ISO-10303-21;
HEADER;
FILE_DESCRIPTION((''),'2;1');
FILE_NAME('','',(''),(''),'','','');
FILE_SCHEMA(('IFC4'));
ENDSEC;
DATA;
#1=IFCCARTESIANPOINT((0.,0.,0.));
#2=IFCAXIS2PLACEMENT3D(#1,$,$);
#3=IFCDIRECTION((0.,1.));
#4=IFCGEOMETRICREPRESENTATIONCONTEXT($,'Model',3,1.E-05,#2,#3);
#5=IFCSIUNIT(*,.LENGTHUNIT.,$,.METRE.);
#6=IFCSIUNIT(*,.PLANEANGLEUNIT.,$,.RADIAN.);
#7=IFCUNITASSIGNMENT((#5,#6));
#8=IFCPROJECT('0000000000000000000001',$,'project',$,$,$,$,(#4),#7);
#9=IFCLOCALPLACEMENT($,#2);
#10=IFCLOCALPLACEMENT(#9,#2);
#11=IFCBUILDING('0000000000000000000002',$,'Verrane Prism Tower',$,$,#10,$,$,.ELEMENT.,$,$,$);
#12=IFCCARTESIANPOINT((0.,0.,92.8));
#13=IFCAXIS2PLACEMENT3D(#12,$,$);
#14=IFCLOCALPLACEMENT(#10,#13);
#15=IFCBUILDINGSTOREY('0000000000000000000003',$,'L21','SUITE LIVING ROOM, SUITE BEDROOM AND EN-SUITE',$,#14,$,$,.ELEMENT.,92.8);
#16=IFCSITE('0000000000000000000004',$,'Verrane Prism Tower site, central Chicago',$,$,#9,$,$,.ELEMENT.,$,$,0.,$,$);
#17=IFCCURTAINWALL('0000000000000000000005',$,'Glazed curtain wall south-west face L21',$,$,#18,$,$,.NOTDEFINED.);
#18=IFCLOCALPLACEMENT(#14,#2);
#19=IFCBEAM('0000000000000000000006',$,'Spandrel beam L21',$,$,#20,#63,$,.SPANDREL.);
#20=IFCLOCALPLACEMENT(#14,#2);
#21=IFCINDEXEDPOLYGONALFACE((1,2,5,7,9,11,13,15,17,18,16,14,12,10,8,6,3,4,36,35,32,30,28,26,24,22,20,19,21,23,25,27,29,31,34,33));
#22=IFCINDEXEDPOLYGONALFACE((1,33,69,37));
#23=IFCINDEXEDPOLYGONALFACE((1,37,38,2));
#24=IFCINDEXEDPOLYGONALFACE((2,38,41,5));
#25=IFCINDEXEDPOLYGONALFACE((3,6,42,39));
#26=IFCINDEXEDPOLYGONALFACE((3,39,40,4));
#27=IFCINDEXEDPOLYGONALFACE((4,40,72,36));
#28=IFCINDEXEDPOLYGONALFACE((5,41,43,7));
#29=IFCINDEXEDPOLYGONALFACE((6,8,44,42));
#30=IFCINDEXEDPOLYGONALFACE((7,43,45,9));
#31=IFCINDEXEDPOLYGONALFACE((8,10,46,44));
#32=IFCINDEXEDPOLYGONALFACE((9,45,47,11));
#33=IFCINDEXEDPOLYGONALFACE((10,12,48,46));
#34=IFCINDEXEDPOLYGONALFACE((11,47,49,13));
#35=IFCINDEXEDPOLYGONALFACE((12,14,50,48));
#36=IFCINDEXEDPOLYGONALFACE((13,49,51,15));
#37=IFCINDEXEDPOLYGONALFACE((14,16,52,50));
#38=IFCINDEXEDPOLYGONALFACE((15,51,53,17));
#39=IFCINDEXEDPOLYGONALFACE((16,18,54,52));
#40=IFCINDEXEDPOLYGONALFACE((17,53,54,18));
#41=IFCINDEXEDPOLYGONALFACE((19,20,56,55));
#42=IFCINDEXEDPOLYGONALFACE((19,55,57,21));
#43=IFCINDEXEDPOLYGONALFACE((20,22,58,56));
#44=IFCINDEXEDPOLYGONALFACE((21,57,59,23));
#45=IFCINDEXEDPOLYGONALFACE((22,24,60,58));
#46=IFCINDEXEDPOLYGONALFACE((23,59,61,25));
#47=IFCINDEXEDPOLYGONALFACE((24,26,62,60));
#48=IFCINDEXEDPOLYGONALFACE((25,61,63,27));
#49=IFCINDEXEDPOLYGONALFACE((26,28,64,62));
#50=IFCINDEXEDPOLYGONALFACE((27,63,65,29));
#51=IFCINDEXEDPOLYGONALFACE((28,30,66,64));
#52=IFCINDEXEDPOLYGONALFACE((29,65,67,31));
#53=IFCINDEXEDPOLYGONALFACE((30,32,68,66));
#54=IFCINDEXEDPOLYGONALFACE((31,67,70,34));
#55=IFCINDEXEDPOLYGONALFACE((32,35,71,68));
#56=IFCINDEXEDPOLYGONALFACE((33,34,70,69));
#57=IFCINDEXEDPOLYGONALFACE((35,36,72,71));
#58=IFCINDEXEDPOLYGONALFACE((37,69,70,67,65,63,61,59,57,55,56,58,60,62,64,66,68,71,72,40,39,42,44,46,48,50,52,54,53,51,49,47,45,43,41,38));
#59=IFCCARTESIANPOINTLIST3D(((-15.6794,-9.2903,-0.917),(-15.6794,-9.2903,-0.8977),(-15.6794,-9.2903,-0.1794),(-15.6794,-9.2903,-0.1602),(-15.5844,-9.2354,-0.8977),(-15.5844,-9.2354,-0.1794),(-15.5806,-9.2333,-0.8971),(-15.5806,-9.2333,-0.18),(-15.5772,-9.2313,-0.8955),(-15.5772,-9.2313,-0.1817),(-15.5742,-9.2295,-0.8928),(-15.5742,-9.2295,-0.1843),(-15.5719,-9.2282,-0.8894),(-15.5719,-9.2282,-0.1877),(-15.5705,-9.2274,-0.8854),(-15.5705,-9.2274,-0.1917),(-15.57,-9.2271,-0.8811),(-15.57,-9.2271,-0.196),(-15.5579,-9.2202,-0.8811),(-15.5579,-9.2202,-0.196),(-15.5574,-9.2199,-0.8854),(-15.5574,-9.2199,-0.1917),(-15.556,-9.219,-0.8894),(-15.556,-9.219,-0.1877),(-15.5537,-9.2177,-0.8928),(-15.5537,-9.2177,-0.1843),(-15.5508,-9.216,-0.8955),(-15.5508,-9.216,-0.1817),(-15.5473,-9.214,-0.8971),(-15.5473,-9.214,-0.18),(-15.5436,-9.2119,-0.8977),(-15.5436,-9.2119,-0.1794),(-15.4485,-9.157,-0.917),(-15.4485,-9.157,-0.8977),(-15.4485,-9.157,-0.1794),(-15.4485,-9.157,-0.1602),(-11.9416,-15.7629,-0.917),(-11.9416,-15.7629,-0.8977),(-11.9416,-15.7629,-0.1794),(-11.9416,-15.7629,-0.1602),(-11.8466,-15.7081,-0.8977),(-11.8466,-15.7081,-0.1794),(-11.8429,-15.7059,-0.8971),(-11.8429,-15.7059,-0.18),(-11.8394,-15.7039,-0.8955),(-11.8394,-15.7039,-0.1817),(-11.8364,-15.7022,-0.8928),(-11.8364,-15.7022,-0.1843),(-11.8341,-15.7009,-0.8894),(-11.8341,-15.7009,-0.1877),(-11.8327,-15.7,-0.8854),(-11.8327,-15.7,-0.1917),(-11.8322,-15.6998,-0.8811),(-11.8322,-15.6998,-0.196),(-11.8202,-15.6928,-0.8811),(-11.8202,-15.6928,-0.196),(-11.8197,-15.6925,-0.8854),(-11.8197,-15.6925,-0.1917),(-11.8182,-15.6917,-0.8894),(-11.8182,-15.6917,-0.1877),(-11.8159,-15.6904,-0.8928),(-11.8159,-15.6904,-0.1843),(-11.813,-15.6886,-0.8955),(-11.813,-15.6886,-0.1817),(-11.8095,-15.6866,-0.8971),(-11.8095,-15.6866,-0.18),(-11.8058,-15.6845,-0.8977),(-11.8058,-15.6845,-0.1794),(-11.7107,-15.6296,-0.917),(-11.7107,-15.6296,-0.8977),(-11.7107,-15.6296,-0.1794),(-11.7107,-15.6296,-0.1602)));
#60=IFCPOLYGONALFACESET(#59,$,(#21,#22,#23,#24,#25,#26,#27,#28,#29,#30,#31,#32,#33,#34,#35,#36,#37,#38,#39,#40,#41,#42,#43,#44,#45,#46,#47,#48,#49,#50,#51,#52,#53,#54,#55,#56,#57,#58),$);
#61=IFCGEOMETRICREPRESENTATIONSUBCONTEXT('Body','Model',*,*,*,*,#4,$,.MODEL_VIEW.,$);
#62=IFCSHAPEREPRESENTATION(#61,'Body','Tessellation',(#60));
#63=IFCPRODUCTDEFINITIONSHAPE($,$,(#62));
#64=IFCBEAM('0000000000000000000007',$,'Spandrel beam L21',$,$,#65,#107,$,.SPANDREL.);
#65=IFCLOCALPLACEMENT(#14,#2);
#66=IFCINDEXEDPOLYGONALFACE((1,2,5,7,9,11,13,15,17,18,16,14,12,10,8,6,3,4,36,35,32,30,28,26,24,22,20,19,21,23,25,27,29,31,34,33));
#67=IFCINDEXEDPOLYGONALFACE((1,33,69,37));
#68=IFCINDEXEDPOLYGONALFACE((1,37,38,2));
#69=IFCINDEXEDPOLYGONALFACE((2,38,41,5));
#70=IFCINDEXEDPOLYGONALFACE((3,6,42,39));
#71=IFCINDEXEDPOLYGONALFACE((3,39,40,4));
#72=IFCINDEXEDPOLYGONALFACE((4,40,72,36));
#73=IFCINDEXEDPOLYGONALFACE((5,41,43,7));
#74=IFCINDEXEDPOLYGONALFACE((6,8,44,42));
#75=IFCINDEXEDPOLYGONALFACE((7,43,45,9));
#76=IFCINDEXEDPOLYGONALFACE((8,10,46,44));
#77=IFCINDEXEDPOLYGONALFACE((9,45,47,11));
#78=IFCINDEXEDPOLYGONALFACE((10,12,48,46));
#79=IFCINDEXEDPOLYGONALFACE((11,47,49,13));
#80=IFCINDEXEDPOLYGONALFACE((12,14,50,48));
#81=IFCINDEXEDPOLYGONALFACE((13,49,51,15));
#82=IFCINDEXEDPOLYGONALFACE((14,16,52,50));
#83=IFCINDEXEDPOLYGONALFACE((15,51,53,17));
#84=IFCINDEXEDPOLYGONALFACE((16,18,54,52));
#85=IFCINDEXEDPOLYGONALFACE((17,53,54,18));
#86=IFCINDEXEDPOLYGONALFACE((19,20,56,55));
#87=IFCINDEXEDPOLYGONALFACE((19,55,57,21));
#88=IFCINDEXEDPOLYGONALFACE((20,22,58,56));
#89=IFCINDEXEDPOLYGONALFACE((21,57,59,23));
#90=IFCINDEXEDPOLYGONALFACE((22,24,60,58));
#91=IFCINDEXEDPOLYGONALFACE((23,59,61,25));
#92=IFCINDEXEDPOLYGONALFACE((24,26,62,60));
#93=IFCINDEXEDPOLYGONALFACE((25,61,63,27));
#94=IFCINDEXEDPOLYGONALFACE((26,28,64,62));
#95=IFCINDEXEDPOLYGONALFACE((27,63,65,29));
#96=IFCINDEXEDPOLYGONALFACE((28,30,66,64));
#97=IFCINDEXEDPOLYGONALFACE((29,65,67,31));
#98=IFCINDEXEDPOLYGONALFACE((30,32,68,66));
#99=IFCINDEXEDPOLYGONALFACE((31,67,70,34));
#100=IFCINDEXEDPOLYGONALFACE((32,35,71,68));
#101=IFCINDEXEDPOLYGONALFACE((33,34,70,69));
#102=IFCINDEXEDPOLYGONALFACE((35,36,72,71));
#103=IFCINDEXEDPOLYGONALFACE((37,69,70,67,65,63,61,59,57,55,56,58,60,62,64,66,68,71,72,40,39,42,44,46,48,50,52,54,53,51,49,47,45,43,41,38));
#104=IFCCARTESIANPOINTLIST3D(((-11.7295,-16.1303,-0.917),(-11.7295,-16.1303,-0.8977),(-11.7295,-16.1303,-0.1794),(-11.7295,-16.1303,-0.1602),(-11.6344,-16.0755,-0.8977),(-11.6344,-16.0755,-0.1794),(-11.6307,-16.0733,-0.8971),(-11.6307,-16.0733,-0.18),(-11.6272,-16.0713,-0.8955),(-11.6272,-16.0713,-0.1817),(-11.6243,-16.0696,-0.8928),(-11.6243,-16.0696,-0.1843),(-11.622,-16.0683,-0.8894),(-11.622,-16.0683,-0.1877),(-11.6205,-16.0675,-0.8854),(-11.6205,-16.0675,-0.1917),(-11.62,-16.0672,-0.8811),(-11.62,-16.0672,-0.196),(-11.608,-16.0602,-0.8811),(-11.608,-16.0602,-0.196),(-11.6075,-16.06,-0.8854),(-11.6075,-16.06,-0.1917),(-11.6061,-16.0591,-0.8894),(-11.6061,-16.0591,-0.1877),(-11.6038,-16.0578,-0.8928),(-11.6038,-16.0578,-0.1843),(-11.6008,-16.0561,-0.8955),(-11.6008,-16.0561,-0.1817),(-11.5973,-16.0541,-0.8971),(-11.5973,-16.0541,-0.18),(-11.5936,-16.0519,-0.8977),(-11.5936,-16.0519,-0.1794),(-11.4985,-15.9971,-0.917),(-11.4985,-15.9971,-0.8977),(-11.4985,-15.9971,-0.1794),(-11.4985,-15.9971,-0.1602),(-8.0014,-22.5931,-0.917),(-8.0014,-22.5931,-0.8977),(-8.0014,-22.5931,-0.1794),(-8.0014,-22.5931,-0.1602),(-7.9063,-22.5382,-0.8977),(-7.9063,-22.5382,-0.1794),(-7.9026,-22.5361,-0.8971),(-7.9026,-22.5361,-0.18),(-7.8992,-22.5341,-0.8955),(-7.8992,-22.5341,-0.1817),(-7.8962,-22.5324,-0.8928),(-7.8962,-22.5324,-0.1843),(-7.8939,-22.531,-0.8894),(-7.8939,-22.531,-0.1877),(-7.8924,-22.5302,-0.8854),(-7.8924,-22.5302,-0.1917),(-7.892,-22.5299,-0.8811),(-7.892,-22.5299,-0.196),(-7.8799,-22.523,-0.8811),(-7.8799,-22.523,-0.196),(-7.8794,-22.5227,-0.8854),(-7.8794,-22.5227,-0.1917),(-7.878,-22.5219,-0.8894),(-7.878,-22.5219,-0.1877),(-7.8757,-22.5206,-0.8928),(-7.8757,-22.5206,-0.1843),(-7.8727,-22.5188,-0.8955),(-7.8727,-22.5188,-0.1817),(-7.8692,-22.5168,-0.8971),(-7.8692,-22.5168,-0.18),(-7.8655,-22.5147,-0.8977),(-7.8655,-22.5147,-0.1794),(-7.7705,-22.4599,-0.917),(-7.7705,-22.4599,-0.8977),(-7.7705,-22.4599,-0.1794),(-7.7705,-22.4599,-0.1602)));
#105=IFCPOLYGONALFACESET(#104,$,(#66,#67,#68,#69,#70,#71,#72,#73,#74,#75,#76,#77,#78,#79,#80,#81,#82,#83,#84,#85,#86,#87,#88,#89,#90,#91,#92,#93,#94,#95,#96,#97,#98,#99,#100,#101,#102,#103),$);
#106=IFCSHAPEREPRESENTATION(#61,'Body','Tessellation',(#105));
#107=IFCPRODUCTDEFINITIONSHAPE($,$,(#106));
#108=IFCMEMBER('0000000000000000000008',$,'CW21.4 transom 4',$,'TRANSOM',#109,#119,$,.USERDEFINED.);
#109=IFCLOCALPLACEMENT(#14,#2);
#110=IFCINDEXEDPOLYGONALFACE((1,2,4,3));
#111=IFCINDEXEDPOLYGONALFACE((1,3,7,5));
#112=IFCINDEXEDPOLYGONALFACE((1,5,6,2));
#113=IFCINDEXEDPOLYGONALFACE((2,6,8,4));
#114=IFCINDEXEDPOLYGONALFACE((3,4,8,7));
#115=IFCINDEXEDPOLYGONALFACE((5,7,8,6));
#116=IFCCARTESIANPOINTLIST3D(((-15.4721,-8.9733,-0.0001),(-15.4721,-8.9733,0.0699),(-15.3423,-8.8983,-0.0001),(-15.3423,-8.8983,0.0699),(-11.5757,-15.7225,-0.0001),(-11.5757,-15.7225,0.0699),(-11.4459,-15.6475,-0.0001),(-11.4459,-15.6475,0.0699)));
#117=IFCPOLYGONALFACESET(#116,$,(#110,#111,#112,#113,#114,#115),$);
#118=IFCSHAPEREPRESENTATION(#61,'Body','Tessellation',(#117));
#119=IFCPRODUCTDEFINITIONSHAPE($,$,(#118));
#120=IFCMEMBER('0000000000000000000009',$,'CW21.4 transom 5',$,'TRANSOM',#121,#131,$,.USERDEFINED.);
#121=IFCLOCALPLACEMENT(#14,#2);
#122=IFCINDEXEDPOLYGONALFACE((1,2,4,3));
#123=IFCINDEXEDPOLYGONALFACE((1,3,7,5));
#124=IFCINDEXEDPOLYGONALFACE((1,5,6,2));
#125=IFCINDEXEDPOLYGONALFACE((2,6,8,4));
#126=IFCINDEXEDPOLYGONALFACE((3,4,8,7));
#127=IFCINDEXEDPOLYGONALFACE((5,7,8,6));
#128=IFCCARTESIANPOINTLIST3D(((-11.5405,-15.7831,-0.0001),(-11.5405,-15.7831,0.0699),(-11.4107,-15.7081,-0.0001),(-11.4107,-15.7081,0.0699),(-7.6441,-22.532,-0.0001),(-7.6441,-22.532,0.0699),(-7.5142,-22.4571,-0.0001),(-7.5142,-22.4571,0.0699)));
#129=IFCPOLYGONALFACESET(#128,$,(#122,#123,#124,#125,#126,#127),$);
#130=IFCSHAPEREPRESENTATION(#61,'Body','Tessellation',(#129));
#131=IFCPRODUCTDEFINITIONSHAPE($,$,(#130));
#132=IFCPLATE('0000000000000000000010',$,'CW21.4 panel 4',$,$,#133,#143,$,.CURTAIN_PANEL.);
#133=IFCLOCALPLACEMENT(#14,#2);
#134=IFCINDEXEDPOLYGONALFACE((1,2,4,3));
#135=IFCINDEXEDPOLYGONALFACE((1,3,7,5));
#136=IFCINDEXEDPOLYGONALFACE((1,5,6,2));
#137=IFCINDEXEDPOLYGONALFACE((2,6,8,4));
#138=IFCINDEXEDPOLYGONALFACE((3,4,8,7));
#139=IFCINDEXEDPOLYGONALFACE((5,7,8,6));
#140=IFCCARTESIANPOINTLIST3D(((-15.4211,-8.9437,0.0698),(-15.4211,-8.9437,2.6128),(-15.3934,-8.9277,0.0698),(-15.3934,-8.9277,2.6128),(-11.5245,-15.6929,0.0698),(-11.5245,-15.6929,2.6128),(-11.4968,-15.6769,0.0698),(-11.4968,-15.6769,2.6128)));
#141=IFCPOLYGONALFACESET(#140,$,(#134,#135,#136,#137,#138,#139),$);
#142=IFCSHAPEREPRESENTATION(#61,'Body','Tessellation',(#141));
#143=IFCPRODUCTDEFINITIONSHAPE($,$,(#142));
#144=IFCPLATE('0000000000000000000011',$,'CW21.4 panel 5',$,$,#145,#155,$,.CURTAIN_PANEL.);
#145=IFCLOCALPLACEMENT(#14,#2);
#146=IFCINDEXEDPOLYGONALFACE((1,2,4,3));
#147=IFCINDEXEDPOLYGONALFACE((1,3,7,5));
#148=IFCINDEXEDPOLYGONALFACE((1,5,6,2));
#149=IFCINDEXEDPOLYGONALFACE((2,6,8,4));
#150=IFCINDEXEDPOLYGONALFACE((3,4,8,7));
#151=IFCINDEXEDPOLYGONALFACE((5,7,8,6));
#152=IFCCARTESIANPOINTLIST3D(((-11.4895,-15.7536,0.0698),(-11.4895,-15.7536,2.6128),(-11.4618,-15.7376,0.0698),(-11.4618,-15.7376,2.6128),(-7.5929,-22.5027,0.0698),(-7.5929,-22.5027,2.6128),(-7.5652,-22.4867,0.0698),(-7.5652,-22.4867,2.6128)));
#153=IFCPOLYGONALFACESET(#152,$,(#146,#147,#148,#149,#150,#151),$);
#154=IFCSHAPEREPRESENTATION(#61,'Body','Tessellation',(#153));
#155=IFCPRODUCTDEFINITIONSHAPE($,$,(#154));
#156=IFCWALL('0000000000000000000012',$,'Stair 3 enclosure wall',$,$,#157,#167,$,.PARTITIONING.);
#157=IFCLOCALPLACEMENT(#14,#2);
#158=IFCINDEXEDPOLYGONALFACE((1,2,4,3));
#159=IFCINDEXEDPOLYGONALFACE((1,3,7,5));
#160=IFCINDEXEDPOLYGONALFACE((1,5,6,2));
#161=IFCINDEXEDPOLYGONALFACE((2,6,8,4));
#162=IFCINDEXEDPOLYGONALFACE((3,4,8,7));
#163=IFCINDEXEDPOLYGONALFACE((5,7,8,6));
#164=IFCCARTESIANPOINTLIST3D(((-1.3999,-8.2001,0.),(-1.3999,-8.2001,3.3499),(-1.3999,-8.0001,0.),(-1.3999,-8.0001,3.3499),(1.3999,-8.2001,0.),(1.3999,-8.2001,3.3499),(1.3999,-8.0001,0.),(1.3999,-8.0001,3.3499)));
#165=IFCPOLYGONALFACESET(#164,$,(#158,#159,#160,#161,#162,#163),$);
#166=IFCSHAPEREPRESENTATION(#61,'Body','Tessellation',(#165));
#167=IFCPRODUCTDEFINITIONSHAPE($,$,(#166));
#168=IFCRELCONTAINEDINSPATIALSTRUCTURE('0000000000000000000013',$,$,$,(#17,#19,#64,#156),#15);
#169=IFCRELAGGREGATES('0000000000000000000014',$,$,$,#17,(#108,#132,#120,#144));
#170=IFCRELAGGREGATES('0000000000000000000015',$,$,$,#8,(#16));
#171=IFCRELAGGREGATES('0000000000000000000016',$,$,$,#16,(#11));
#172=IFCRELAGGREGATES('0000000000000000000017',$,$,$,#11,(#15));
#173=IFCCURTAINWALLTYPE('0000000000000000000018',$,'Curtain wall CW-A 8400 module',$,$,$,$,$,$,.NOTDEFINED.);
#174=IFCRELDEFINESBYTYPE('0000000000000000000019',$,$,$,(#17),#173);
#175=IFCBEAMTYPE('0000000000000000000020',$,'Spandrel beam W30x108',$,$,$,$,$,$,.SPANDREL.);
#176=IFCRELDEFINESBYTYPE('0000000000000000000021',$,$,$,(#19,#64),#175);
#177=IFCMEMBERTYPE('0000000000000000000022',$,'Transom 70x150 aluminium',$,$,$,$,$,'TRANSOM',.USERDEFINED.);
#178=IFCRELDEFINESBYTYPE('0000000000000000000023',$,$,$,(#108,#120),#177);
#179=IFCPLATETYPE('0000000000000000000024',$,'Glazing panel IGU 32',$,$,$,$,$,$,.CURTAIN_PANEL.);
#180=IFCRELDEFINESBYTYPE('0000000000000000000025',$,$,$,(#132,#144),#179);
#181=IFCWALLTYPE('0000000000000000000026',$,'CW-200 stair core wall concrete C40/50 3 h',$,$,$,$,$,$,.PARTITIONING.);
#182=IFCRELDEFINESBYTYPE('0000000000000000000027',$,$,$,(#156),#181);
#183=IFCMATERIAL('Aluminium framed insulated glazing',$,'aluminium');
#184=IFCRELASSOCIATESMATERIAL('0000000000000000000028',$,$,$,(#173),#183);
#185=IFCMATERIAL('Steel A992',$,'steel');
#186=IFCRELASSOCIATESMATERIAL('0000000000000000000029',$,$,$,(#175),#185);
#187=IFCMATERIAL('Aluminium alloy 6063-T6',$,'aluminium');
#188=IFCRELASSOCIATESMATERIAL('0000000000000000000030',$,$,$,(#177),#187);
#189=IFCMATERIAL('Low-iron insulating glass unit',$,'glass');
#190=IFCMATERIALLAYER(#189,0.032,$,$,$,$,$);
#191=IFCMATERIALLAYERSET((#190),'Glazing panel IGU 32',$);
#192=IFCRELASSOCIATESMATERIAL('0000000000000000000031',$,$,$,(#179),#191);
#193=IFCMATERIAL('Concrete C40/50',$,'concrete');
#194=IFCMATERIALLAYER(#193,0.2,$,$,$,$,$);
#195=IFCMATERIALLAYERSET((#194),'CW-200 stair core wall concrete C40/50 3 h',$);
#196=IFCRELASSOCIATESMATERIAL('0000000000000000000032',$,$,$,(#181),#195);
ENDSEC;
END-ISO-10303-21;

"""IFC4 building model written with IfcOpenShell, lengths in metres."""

from ifc_helpers import new_model, si_unit, direction, frame, frame_2d, origin, origin_2d, place, context, subcontext, project, spatial, rectangle, i_section, extrude, material, layer, layer_set, material_profile, profile_set, type_object, element, aggregate, save


model = new_model("IFC4")

# Units and contexts
model_context = context("Model", 3, precision=1e-05, world=origin(), true_north=direction((0.0, 1.0)))
body_context = subcontext(model_context, "Body", "Model", "MODEL_VIEW")
ifc_project = project(units=[si_unit("LENGTHUNIT", "METRE"), si_unit("PLANEANGLEUNIT", "RADIAN")], contexts=[model_context])

# Site, building, storey
site_placement = place(None, origin())
site = spatial("IfcSite", under=ifc_project, at=site_placement, Name="Verrane Prism Tower site, central Chicago", CompositionType="ELEMENT", RefElevation=0.0)
building_placement = place(site_placement, origin())
building = spatial("IfcBuilding", under=site, at=building_placement, Name="Verrane Prism Tower", CompositionType="ELEMENT")
storey_placement = place(building_placement, frame((0.0, 0.0, 92.8)))
storey = spatial("IfcBuildingStorey", under=building, at=storey_placement, Name="L21", Description="SUITE LIVING ROOM, SUITE BEDROOM AND EN-SUITE", CompositionType="ELEMENT", Elevation=92.8)

# Curtain wall
ifc_material_1 = material(Name="Aluminium framed insulated glazing", Category="aluminium")
curtain_wall_type = type_object("IfcCurtainWallType", Name="Curtain wall CW-A 8400 module", PredefinedType="NOTDEFINED", material=ifc_material_1)
curtain_wall_placement = place(storey_placement, origin())
curtain_wall = element("IfcCurtainWall", 1, at=curtain_wall_placement, inside=storey, type_object=curtain_wall_type, Name="Glazed curtain wall south-west face L21", PredefinedType="NOTDEFINED")

# Beams
ifc_material_2 = material(Name="Steel A992", Category="steel")
ifc_material_profile_1 = material_profile(ifc_material_2, i_section(OverallWidth=0.2666, OverallDepth=0.7568, WebThickness=0.0139, FlangeThickness=0.0193, FilletRadius=0.0166, at=origin_2d()), Name="W30x108")
ifc_profile_set_1 = profile_set([ifc_material_profile_1], Name="Steel A992")
beam_type_1 = type_object("IfcBeamType", Name="Spandrel beam W30x108", PredefinedType="SPANDREL", material=ifc_profile_set_1)
beam_1_placement = place(storey_placement, frame((-15.564, -9.2236, -0.5386), z_axis=(0.500081, -0.865979, 0.0), x_axis=(0.865979, 0.500081, 0.0)))
element("IfcBeam", 2, at=beam_1_placement, inside=storey, type_object=beam_type_1, Name="Spandrel beam L21", PredefinedType="SPANDREL", context=body_context, shape_type="SweptSolid", body=[
    extrude(i_section(OverallWidth=0.2666, OverallDepth=0.7568, WebThickness=0.0139, FlangeThickness=0.0193, FilletRadius=0.0166, at=origin_2d()), origin(), (0.0, 0.0, 1.0), 7.4744),
])
beam_2_placement = place(storey_placement, frame((-11.614, -16.0637, -0.5386), z_axis=(0.49968, -0.86621, 0.0), x_axis=(0.86621, 0.49968, 0.0)))
element("IfcBeam", 3, at=beam_2_placement, inside=storey, type_object=beam_type_1, Name="Spandrel beam L21", PredefinedType="SPANDREL", context=body_context, shape_type="SweptSolid", body=[
    extrude(i_section(OverallWidth=0.2666, OverallDepth=0.7568, WebThickness=0.0139, FlangeThickness=0.0193, FilletRadius=0.0166, at=origin_2d()), origin(), (0.0, 0.0, 1.0), 7.4609),
])

# Members
ifc_material_3 = material(Name="Aluminium alloy 6063-T6", Category="aluminium")
ifc_material_profile_2 = material_profile(ifc_material_3, rectangle(XDim=0.1499, YDim=0.0701, at=origin_2d()), Name="Transom 70x150 aluminium")
ifc_profile_set_2 = profile_set([ifc_material_profile_2], Name="Aluminium alloy 6063-T6")
member_type_1 = type_object("IfcMemberType", Name="Transom 70x150 aluminium", ElementType="TRANSOM", PredefinedType="USERDEFINED", material=ifc_profile_set_2)
member_1_placement = place(storey_placement, frame((-15.4072, -8.9358, 0.0349), z_axis=(0.49998, -0.866037, 0.0), x_axis=(0.866037, 0.49998, 0.0)))
member_1 = element("IfcMember", 4, at=member_1_placement, type_object=member_type_1, Name="CW21.4 transom 4", ObjectType="TRANSOM", PredefinedType="USERDEFINED", context=body_context, shape_type="SweptSolid", body=[
    extrude(rectangle(XDim=0.1499, YDim=0.0701, at=origin_2d()), origin(), (0.0, 0.0, 1.0), 7.7932),
])
member_2_placement = place(storey_placement, frame((-11.4756, -15.7456, 0.0349), z_axis=(0.499994, -0.866029, 0.0), x_axis=(0.866029, 0.499994, 0.0)))
member_2 = element("IfcMember", 5, at=member_2_placement, type_object=member_type_1, Name="CW21.4 transom 5", ObjectType="TRANSOM", PredefinedType="USERDEFINED", context=body_context, shape_type="SweptSolid", body=[
    extrude(rectangle(XDim=0.1499, YDim=0.0701, at=origin_2d()), origin(), (0.0, 0.0, 1.0), 7.793),
])

# Plates
ifc_material_4 = material(Name="Low-iron insulating glass unit", Category="glass")
ifc_layer_1 = layer(ifc_material_4, 0.032)
ifc_layer_set_1 = layer_set([ifc_layer_1], Name="Glazing panel IGU 32")
plate_type = type_object("IfcPlateType", Name="Glazing panel IGU 32", PredefinedType="CURTAIN_PANEL", material=ifc_layer_set_1)
plate_1_placement = place(storey_placement, frame((-13.459, -12.3103, 0.0698), z_axis=(0.0, 0.0, 1.0), x_axis=(0.5, -0.866026, 0.0)))
plate_1 = element("IfcPlate", 6, at=plate_1_placement, type_object=plate_type, Name="CW21.4 panel 4", PredefinedType="CURTAIN_PANEL", context=body_context, shape_type="SweptSolid", body=[
    extrude(rectangle(XDim=7.7932, YDim=0.032, at=origin_2d()), origin(), (0.0, 0.0, 1.0), 2.543),
])
plate_2_placement = place(storey_placement, frame((-9.5273, -19.1201, 0.0698), z_axis=(0.0, 0.0, 1.0), x_axis=(0.5, -0.866026, 0.0)))
plate_2 = element("IfcPlate", 7, at=plate_2_placement, type_object=plate_type, Name="CW21.4 panel 5", PredefinedType="CURTAIN_PANEL", context=body_context, shape_type="SweptSolid", body=[
    extrude(rectangle(XDim=7.7932, YDim=0.032, at=origin_2d()), origin(), (0.0, 0.0, 1.0), 2.543),
])
aggregate(curtain_wall, [member_1, plate_1, member_2, plate_2])

# Wall
ifc_material_5 = material(Name="Concrete C40/50", Category="concrete")
ifc_layer_2 = layer(ifc_material_5, 0.2)
ifc_layer_set_2 = layer_set([ifc_layer_2], Name="CW-200 stair core wall concrete C40/50 3 h")
wall_type_1 = type_object("IfcWallType", Name="CW-200 stair core wall concrete C40/50 3 h", PredefinedType="PARTITIONING", material=ifc_layer_set_2)
wall_1_placement = place(storey_placement, frame((-1.3999, -8.1001, 0.0), z_axis=(0.0, 0.0, 1.0), x_axis=(1.0, 0.0, 0.0)))
element("IfcWall", 8, at=wall_1_placement, inside=storey, type_object=wall_type_1, Name="Stair 3 enclosure wall", PredefinedType="PARTITIONING", context=body_context, shape_type="SweptSolid", body=[
    extrude(rectangle(XDim=2.7998, YDim=0.2, at=frame_2d((1.3999, 0.0))), origin(), (0.0, 0.0, 1.0), 3.3499),
])

save(model, "model.ifc")
